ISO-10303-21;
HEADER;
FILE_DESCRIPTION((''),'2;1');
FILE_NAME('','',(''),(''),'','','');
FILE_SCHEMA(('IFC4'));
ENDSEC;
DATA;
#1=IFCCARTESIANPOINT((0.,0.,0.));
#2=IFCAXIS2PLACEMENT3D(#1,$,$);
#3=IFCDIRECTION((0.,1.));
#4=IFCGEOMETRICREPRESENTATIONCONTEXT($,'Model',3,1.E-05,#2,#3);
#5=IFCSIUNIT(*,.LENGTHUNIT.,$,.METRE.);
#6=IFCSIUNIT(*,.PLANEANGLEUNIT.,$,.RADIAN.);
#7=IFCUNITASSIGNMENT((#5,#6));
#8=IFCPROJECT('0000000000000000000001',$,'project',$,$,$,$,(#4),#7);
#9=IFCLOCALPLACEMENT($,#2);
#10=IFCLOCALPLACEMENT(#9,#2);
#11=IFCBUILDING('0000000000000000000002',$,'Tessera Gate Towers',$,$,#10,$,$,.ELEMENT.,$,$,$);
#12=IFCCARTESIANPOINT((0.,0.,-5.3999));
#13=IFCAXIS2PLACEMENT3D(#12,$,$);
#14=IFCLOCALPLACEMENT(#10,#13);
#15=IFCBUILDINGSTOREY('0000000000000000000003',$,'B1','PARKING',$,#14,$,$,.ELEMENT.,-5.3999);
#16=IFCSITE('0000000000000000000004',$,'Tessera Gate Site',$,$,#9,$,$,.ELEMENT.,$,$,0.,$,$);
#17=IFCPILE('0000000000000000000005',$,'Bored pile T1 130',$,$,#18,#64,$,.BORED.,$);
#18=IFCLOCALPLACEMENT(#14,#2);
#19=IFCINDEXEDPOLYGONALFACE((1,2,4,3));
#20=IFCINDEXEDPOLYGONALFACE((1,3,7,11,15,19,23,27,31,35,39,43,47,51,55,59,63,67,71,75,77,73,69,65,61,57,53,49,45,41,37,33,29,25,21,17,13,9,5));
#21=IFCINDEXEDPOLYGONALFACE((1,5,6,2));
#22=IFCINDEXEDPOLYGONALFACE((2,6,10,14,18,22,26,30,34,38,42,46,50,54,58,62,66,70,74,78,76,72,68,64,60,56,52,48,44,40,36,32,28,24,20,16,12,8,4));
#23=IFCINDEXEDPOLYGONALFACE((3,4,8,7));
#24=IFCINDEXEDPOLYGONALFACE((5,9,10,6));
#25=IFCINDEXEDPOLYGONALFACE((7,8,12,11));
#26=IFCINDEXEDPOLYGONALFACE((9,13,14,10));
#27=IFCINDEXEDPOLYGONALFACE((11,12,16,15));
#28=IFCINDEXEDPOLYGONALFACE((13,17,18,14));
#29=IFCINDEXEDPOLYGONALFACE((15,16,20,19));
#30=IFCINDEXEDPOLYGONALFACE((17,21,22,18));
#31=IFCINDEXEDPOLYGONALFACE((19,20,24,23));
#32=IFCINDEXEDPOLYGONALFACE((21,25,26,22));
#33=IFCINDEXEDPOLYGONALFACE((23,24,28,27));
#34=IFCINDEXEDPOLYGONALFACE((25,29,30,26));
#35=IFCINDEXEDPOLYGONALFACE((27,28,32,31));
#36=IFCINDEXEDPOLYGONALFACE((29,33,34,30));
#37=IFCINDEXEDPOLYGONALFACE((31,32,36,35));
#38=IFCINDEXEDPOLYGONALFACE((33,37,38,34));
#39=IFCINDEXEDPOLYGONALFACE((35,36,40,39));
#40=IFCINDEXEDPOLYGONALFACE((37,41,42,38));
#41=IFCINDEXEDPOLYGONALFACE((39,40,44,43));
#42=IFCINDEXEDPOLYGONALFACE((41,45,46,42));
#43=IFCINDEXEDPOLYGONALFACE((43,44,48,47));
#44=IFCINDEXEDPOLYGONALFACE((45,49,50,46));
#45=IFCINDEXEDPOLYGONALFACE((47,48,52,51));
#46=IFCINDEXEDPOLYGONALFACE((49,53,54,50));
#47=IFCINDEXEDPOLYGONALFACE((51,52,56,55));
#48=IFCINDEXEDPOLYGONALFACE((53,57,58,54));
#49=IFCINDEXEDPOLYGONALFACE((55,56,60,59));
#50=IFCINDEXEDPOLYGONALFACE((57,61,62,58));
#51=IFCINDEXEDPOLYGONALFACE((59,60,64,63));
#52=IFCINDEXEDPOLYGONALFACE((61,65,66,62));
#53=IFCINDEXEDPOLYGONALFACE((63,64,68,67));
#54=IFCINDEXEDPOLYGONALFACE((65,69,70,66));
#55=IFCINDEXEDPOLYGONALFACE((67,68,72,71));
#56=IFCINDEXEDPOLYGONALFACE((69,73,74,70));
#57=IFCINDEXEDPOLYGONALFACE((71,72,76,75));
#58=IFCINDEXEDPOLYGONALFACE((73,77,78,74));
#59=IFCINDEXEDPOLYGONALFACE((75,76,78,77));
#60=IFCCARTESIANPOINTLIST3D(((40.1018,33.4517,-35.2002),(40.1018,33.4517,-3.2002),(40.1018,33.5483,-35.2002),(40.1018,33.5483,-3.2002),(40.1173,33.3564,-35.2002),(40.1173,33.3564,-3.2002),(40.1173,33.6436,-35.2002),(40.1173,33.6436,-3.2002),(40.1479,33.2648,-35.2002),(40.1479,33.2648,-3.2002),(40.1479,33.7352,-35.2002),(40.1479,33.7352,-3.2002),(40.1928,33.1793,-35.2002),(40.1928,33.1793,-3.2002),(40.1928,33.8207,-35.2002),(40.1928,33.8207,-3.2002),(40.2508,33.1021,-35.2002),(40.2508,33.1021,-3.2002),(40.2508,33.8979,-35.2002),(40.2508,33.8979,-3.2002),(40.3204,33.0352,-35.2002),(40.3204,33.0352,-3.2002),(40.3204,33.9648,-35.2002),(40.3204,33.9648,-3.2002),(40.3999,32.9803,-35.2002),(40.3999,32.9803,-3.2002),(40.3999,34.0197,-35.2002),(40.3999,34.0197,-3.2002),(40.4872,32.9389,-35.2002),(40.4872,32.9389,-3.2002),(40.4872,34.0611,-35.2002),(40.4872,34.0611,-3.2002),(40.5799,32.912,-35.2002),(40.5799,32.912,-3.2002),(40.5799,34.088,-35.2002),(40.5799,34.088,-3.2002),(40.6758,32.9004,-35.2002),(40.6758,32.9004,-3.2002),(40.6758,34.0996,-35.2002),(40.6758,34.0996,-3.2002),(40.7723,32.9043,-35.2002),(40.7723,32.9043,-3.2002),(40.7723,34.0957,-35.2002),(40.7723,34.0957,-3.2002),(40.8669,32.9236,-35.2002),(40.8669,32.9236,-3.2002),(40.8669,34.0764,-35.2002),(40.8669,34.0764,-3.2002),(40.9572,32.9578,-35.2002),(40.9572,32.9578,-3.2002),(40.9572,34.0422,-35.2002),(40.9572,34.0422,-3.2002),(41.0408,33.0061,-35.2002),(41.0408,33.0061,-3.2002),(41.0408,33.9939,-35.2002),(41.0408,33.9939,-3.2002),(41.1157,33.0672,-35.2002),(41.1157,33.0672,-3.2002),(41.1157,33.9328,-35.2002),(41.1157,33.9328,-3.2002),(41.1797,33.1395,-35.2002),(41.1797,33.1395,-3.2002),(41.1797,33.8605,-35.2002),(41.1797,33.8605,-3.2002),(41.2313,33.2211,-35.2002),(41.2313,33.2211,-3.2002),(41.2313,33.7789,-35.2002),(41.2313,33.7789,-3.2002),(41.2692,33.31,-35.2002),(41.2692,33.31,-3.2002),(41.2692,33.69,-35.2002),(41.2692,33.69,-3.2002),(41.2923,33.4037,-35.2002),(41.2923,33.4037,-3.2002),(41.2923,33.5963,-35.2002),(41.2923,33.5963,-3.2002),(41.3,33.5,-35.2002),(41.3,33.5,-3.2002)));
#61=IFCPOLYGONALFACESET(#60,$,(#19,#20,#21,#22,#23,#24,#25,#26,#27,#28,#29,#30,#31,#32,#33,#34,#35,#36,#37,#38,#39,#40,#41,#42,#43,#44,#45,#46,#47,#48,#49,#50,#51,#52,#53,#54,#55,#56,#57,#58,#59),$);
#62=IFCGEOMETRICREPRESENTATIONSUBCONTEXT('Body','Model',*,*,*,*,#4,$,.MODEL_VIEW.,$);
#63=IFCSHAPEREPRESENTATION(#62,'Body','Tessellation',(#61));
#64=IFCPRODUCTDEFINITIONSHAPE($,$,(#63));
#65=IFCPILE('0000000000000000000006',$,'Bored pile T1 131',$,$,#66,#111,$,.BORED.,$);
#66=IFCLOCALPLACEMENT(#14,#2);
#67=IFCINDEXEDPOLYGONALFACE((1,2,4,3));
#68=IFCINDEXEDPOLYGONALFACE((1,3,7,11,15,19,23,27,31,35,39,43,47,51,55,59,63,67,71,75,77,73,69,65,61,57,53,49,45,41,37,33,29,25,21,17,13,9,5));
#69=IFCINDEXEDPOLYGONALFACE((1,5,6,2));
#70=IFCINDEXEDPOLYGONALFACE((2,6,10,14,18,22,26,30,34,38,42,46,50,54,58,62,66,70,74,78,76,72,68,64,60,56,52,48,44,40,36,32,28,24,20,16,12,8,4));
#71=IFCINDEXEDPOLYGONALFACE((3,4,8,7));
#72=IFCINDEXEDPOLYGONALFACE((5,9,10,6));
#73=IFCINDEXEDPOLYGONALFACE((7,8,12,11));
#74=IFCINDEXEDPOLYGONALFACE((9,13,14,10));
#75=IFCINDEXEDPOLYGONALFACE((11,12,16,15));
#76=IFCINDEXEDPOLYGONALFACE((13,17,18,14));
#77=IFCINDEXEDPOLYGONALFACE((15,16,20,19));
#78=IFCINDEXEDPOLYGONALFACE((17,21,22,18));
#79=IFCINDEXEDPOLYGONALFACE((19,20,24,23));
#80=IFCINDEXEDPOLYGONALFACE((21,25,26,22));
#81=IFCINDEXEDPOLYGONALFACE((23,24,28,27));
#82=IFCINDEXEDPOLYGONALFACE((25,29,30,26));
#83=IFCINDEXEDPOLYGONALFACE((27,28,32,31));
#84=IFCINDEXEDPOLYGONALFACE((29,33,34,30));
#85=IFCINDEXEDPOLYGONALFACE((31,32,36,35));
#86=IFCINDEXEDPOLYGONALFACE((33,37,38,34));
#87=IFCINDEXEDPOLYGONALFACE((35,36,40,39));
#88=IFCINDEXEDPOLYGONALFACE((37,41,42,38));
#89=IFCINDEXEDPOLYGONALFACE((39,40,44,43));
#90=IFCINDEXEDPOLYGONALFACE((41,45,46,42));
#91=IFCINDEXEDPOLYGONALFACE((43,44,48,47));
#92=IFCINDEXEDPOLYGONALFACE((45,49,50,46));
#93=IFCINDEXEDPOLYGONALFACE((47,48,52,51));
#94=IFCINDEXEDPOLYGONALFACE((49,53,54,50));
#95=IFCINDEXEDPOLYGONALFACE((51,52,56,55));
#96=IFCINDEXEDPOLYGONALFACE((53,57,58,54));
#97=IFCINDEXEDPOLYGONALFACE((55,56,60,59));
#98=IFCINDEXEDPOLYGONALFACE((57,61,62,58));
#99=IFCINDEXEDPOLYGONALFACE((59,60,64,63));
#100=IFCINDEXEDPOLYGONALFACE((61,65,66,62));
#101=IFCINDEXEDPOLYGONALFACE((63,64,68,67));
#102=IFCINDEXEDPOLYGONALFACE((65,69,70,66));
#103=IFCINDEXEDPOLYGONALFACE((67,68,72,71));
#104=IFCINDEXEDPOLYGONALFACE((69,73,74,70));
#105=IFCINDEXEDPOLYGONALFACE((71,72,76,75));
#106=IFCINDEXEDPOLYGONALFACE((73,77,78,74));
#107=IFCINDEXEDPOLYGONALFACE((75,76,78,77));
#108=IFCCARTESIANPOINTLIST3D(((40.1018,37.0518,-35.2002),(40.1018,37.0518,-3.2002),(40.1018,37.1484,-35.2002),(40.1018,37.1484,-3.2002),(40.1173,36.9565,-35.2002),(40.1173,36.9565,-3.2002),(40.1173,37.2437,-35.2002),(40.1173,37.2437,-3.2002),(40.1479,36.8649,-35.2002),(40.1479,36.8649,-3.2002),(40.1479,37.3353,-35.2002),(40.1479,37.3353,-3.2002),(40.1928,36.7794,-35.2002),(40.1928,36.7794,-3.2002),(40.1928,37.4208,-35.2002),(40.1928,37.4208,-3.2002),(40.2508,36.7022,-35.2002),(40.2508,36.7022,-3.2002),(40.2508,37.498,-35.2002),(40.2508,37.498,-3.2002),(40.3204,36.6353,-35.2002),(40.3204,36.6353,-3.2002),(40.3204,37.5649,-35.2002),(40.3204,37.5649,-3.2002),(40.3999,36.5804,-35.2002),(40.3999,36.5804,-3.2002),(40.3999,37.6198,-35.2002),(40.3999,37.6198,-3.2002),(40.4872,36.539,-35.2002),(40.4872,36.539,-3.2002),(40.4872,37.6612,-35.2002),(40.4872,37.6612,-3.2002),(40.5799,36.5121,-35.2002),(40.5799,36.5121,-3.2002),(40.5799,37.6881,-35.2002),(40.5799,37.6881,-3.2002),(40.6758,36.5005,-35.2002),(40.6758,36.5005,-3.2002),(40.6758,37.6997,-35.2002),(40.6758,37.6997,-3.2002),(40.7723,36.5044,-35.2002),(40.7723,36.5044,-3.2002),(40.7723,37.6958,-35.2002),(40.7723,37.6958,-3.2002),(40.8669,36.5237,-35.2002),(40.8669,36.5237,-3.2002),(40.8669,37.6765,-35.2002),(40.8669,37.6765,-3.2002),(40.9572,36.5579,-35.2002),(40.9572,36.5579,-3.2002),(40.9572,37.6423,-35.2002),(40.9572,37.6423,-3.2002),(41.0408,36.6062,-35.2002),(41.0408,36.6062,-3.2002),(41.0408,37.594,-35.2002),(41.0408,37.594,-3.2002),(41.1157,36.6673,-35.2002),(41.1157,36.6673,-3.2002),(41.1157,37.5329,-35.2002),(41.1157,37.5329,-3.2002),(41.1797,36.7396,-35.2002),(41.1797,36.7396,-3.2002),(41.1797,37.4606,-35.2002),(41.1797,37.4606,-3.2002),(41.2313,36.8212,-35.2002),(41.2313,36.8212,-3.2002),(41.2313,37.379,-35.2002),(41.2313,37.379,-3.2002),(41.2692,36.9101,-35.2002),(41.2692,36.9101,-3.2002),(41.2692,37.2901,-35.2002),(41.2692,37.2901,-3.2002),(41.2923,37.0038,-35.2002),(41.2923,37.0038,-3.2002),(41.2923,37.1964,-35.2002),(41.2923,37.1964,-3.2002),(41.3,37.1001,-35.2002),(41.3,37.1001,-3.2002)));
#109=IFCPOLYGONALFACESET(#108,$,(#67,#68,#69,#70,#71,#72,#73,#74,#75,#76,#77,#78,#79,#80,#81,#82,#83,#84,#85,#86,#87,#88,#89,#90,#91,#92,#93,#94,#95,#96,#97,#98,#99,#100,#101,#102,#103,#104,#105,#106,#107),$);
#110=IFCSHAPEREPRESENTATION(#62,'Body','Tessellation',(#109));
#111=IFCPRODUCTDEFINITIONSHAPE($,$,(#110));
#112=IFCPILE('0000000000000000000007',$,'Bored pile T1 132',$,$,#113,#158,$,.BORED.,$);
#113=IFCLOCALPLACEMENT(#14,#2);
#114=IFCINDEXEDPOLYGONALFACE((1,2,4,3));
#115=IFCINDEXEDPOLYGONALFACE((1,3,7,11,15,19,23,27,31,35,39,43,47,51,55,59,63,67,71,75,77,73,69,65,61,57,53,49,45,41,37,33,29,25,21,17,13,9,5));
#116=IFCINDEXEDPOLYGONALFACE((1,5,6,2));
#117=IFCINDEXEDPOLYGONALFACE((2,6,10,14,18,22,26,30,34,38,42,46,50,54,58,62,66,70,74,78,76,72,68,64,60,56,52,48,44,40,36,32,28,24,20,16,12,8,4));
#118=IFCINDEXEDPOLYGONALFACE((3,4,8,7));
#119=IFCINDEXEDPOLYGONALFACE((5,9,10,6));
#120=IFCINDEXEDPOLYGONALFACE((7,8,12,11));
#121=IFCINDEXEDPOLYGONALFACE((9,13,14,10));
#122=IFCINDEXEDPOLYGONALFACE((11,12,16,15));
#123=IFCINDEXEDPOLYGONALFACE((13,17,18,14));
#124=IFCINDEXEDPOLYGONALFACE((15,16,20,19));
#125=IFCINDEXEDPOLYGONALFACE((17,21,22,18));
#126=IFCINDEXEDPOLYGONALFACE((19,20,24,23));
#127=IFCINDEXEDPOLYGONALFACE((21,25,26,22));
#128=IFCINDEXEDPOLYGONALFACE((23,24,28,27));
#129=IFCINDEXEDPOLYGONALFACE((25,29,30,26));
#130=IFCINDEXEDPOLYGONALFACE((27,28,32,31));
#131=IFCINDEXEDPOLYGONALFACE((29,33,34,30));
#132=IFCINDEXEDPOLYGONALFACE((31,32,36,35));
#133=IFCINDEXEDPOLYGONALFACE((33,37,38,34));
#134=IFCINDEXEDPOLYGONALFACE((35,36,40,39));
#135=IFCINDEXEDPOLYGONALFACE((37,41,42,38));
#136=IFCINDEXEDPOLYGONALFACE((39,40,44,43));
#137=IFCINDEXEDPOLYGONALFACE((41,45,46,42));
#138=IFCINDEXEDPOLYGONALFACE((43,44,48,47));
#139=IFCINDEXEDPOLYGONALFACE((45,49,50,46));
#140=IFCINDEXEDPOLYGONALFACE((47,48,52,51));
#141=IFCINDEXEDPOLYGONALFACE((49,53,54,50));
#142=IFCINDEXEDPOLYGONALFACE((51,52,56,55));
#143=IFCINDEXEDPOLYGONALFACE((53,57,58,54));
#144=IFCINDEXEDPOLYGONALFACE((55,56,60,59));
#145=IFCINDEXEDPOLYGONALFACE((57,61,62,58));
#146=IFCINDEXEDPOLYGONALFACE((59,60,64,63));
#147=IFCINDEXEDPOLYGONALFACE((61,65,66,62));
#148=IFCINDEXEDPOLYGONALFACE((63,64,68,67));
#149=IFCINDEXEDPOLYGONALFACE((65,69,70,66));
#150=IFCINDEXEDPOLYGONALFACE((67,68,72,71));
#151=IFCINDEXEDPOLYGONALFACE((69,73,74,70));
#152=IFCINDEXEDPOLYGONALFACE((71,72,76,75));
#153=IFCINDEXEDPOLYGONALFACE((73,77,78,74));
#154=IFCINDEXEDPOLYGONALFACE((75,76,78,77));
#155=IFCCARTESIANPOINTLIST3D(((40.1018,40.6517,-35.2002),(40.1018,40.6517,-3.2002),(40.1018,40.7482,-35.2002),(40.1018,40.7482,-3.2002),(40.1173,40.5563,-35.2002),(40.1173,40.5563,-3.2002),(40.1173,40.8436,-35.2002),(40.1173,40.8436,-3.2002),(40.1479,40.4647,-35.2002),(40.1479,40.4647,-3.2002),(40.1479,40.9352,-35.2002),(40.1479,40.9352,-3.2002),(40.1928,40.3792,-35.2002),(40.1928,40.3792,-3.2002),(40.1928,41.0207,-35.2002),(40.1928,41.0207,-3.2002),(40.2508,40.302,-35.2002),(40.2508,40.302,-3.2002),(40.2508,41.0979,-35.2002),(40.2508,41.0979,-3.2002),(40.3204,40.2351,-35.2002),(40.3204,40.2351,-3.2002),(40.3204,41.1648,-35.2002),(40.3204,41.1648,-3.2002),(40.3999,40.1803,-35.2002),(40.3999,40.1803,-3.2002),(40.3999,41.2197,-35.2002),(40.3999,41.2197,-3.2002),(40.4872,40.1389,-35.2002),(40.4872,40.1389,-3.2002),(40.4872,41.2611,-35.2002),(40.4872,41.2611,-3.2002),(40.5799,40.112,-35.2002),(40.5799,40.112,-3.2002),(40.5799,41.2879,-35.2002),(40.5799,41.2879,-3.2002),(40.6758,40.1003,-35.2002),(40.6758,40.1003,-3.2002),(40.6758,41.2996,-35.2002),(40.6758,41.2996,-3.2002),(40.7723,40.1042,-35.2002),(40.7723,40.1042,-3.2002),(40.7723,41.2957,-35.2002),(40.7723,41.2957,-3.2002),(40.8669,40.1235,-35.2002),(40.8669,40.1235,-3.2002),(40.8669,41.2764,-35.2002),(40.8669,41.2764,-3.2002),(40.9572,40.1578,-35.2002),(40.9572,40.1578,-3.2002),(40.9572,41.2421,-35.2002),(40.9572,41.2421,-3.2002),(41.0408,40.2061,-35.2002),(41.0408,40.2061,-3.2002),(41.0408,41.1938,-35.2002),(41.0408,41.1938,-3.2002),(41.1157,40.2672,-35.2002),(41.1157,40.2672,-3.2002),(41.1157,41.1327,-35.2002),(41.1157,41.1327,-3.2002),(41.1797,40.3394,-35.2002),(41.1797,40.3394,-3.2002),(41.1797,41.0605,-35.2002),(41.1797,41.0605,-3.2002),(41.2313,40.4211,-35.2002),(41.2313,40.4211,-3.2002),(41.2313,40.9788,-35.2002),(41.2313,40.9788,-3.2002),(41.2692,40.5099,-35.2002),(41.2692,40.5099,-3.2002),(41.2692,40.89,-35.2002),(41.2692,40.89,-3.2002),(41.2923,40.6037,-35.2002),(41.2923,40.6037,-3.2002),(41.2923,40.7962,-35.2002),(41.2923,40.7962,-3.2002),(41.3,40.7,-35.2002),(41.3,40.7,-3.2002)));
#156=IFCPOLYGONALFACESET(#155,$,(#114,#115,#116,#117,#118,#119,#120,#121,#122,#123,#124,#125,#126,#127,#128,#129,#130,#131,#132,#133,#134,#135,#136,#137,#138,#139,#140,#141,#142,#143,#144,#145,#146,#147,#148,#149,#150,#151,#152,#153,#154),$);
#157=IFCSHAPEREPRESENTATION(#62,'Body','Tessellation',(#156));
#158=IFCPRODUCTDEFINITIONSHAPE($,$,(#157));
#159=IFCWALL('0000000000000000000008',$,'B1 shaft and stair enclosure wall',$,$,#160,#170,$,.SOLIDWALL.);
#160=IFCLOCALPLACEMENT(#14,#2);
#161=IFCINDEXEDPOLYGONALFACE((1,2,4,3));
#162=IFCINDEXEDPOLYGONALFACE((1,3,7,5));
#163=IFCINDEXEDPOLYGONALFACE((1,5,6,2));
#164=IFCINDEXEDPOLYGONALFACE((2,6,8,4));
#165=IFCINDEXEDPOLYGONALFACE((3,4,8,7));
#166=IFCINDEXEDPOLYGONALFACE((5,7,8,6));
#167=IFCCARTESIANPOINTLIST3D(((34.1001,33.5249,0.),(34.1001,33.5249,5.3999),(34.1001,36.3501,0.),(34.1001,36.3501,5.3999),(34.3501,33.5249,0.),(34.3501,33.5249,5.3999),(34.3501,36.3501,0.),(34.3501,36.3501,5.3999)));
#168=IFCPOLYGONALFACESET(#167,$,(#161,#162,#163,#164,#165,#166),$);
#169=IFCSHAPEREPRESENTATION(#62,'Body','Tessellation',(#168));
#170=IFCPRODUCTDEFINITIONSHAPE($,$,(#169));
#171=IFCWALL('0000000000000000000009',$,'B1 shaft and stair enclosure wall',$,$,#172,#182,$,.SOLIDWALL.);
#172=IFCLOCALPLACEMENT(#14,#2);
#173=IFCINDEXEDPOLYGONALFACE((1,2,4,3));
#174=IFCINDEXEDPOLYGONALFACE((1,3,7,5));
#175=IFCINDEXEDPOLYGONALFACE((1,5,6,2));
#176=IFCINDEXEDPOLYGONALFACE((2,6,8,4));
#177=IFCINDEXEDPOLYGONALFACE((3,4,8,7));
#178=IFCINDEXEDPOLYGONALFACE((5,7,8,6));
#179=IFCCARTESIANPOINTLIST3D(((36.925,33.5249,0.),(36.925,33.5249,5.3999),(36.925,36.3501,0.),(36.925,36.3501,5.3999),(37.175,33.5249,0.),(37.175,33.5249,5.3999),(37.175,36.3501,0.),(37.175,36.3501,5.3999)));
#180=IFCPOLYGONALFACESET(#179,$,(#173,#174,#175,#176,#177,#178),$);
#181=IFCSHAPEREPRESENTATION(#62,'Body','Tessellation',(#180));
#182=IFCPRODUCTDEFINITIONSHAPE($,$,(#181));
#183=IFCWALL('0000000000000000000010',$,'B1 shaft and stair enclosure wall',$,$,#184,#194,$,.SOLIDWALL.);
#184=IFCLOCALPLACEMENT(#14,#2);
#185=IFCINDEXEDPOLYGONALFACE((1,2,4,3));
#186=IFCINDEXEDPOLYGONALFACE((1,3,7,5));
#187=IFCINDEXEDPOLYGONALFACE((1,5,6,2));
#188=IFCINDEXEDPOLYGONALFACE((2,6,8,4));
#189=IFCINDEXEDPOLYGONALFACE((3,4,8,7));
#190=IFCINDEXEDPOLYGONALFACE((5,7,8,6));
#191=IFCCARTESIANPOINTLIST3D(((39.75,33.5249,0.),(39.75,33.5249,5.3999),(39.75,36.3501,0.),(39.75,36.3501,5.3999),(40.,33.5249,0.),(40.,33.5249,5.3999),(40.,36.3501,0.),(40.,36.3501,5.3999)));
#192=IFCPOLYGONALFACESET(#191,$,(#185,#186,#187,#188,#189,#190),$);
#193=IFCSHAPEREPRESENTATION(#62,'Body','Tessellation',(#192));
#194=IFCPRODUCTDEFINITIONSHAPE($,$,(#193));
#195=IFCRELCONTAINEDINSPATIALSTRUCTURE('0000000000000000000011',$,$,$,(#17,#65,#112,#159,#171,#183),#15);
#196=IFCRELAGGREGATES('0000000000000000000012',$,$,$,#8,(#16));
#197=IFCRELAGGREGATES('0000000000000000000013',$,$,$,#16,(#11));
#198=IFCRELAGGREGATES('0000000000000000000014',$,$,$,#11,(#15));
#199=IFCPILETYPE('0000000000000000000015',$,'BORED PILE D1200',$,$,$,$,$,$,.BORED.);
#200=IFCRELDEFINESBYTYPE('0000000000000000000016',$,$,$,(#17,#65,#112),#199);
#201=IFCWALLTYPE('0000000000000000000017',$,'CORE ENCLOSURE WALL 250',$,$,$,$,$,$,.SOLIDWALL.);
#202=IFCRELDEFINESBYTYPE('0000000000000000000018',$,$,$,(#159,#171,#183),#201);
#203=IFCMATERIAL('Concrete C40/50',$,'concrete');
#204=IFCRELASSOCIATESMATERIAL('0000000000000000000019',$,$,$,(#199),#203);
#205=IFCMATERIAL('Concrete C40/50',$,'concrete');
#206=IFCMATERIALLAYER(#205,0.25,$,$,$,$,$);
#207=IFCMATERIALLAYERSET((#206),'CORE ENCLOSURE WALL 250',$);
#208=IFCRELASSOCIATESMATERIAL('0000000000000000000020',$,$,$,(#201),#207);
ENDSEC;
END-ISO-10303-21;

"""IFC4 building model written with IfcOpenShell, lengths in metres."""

from ifc_helpers import new_model, si_unit, direction, frame, frame_2d, origin, origin_2d, place, context, subcontext, project, spatial, rectangle, circle, extrude, material, layer, layer_set, material_profile, profile_set, type_object, element, save


model = new_model("IFC4")

# Units and contexts
model_context = context("Model", 3, precision=1e-05, world=origin(), true_north=direction((0.0, 1.0)))
body_context = subcontext(model_context, "Body", "Model", "MODEL_VIEW")
ifc_project = project(units=[si_unit("LENGTHUNIT", "METRE"), si_unit("PLANEANGLEUNIT", "RADIAN")], contexts=[model_context])

# Site, building, storey
site_placement = place(None, origin())
site = spatial("IfcSite", under=ifc_project, at=site_placement, Name="Tessera Gate Site", CompositionType="ELEMENT", RefElevation=0.0)
building_placement = place(site_placement, origin())
building = spatial("IfcBuilding", under=site, at=building_placement, Name="Tessera Gate Towers", CompositionType="ELEMENT")
storey_placement = place(building_placement, frame((0.0, 0.0, -5.3999)))
storey = spatial("IfcBuildingStorey", under=building, at=storey_placement, Name="B1", Description="PARKING", CompositionType="ELEMENT", Elevation=-5.3999)

# Piles
ifc_material_1 = material(Name="Concrete C40/50", Category="concrete")
ifc_material_profile = material_profile(ifc_material_1, circle(Radius=0.6001, at=origin_2d()), Name="BORED PILE D1200")
ifc_profile_set = profile_set([ifc_material_profile], Name="Concrete C40/50")
pile_type = type_object("IfcPileType", Name="BORED PILE D1200", PredefinedType="BORED", material=ifc_profile_set)
for number, where, z_axis, x_axis, name in (
    (1, (40.7, 33.5, -3.2002), (0.0, 0.0, -1.0), (1.0, 0.0, 0.0), "Bored pile T1 130"),
    (2, (40.7, 37.1001, -3.2002), (0.0, 0.0, -1.0), (1.0, 0.0, 0.0), "Bored pile T1 131"),
    (3, (40.7, 40.7, -3.2002), (0.0, 0.0, -1.0), (1.0, 0.0, 0.0), "Bored pile T1 132"),
):
    element("IfcPile", number, at=place(storey_placement, frame(where, z_axis=z_axis, x_axis=x_axis)), inside=storey, type_object=pile_type, Name=name, PredefinedType="BORED", context=body_context, shape_type="SweptSolid", body=[
        extrude(circle(Radius=0.6001, at=origin_2d()), origin(), (0.0, 0.0, 1.0), 32.0),
    ])

# Walls
ifc_material_2 = material(Name="Concrete C40/50", Category="concrete")
ifc_layer_1 = layer(ifc_material_2, 0.25)
ifc_layer_set_1 = layer_set([ifc_layer_1], Name="CORE ENCLOSURE WALL 250")
wall_type_1 = type_object("IfcWallType", Name="CORE ENCLOSURE WALL 250", PredefinedType="SOLIDWALL", material=ifc_layer_set_1)
for number, where, z_axis, x_axis, name in (
    (4, (34.2251, 33.5249, 0.0), (0.0, 0.0, 1.0), (0.0, 1.0, 0.0), "B1 shaft and stair enclosure wall"),
    (5, (37.05, 33.5249, 0.0), (0.0, 0.0, 1.0), (0.0, 1.0, 0.0), "B1 shaft and stair enclosure wall"),
    (6, (39.875, 33.5249, 0.0), (0.0, 0.0, 1.0), (0.0, 1.0, 0.0), "B1 shaft and stair enclosure wall"),
):
    element("IfcWall", number, at=place(storey_placement, frame(where, z_axis=z_axis, x_axis=x_axis)), inside=storey, type_object=wall_type_1, Name=name, PredefinedType="SOLIDWALL", context=body_context, shape_type="SweptSolid", body=[
        extrude(rectangle(XDim=2.8252, YDim=0.25, at=frame_2d((1.4126, 0.0))), origin(), (0.0, 0.0, 1.0), 5.3999),
    ])

save(model, "model.ifc")
